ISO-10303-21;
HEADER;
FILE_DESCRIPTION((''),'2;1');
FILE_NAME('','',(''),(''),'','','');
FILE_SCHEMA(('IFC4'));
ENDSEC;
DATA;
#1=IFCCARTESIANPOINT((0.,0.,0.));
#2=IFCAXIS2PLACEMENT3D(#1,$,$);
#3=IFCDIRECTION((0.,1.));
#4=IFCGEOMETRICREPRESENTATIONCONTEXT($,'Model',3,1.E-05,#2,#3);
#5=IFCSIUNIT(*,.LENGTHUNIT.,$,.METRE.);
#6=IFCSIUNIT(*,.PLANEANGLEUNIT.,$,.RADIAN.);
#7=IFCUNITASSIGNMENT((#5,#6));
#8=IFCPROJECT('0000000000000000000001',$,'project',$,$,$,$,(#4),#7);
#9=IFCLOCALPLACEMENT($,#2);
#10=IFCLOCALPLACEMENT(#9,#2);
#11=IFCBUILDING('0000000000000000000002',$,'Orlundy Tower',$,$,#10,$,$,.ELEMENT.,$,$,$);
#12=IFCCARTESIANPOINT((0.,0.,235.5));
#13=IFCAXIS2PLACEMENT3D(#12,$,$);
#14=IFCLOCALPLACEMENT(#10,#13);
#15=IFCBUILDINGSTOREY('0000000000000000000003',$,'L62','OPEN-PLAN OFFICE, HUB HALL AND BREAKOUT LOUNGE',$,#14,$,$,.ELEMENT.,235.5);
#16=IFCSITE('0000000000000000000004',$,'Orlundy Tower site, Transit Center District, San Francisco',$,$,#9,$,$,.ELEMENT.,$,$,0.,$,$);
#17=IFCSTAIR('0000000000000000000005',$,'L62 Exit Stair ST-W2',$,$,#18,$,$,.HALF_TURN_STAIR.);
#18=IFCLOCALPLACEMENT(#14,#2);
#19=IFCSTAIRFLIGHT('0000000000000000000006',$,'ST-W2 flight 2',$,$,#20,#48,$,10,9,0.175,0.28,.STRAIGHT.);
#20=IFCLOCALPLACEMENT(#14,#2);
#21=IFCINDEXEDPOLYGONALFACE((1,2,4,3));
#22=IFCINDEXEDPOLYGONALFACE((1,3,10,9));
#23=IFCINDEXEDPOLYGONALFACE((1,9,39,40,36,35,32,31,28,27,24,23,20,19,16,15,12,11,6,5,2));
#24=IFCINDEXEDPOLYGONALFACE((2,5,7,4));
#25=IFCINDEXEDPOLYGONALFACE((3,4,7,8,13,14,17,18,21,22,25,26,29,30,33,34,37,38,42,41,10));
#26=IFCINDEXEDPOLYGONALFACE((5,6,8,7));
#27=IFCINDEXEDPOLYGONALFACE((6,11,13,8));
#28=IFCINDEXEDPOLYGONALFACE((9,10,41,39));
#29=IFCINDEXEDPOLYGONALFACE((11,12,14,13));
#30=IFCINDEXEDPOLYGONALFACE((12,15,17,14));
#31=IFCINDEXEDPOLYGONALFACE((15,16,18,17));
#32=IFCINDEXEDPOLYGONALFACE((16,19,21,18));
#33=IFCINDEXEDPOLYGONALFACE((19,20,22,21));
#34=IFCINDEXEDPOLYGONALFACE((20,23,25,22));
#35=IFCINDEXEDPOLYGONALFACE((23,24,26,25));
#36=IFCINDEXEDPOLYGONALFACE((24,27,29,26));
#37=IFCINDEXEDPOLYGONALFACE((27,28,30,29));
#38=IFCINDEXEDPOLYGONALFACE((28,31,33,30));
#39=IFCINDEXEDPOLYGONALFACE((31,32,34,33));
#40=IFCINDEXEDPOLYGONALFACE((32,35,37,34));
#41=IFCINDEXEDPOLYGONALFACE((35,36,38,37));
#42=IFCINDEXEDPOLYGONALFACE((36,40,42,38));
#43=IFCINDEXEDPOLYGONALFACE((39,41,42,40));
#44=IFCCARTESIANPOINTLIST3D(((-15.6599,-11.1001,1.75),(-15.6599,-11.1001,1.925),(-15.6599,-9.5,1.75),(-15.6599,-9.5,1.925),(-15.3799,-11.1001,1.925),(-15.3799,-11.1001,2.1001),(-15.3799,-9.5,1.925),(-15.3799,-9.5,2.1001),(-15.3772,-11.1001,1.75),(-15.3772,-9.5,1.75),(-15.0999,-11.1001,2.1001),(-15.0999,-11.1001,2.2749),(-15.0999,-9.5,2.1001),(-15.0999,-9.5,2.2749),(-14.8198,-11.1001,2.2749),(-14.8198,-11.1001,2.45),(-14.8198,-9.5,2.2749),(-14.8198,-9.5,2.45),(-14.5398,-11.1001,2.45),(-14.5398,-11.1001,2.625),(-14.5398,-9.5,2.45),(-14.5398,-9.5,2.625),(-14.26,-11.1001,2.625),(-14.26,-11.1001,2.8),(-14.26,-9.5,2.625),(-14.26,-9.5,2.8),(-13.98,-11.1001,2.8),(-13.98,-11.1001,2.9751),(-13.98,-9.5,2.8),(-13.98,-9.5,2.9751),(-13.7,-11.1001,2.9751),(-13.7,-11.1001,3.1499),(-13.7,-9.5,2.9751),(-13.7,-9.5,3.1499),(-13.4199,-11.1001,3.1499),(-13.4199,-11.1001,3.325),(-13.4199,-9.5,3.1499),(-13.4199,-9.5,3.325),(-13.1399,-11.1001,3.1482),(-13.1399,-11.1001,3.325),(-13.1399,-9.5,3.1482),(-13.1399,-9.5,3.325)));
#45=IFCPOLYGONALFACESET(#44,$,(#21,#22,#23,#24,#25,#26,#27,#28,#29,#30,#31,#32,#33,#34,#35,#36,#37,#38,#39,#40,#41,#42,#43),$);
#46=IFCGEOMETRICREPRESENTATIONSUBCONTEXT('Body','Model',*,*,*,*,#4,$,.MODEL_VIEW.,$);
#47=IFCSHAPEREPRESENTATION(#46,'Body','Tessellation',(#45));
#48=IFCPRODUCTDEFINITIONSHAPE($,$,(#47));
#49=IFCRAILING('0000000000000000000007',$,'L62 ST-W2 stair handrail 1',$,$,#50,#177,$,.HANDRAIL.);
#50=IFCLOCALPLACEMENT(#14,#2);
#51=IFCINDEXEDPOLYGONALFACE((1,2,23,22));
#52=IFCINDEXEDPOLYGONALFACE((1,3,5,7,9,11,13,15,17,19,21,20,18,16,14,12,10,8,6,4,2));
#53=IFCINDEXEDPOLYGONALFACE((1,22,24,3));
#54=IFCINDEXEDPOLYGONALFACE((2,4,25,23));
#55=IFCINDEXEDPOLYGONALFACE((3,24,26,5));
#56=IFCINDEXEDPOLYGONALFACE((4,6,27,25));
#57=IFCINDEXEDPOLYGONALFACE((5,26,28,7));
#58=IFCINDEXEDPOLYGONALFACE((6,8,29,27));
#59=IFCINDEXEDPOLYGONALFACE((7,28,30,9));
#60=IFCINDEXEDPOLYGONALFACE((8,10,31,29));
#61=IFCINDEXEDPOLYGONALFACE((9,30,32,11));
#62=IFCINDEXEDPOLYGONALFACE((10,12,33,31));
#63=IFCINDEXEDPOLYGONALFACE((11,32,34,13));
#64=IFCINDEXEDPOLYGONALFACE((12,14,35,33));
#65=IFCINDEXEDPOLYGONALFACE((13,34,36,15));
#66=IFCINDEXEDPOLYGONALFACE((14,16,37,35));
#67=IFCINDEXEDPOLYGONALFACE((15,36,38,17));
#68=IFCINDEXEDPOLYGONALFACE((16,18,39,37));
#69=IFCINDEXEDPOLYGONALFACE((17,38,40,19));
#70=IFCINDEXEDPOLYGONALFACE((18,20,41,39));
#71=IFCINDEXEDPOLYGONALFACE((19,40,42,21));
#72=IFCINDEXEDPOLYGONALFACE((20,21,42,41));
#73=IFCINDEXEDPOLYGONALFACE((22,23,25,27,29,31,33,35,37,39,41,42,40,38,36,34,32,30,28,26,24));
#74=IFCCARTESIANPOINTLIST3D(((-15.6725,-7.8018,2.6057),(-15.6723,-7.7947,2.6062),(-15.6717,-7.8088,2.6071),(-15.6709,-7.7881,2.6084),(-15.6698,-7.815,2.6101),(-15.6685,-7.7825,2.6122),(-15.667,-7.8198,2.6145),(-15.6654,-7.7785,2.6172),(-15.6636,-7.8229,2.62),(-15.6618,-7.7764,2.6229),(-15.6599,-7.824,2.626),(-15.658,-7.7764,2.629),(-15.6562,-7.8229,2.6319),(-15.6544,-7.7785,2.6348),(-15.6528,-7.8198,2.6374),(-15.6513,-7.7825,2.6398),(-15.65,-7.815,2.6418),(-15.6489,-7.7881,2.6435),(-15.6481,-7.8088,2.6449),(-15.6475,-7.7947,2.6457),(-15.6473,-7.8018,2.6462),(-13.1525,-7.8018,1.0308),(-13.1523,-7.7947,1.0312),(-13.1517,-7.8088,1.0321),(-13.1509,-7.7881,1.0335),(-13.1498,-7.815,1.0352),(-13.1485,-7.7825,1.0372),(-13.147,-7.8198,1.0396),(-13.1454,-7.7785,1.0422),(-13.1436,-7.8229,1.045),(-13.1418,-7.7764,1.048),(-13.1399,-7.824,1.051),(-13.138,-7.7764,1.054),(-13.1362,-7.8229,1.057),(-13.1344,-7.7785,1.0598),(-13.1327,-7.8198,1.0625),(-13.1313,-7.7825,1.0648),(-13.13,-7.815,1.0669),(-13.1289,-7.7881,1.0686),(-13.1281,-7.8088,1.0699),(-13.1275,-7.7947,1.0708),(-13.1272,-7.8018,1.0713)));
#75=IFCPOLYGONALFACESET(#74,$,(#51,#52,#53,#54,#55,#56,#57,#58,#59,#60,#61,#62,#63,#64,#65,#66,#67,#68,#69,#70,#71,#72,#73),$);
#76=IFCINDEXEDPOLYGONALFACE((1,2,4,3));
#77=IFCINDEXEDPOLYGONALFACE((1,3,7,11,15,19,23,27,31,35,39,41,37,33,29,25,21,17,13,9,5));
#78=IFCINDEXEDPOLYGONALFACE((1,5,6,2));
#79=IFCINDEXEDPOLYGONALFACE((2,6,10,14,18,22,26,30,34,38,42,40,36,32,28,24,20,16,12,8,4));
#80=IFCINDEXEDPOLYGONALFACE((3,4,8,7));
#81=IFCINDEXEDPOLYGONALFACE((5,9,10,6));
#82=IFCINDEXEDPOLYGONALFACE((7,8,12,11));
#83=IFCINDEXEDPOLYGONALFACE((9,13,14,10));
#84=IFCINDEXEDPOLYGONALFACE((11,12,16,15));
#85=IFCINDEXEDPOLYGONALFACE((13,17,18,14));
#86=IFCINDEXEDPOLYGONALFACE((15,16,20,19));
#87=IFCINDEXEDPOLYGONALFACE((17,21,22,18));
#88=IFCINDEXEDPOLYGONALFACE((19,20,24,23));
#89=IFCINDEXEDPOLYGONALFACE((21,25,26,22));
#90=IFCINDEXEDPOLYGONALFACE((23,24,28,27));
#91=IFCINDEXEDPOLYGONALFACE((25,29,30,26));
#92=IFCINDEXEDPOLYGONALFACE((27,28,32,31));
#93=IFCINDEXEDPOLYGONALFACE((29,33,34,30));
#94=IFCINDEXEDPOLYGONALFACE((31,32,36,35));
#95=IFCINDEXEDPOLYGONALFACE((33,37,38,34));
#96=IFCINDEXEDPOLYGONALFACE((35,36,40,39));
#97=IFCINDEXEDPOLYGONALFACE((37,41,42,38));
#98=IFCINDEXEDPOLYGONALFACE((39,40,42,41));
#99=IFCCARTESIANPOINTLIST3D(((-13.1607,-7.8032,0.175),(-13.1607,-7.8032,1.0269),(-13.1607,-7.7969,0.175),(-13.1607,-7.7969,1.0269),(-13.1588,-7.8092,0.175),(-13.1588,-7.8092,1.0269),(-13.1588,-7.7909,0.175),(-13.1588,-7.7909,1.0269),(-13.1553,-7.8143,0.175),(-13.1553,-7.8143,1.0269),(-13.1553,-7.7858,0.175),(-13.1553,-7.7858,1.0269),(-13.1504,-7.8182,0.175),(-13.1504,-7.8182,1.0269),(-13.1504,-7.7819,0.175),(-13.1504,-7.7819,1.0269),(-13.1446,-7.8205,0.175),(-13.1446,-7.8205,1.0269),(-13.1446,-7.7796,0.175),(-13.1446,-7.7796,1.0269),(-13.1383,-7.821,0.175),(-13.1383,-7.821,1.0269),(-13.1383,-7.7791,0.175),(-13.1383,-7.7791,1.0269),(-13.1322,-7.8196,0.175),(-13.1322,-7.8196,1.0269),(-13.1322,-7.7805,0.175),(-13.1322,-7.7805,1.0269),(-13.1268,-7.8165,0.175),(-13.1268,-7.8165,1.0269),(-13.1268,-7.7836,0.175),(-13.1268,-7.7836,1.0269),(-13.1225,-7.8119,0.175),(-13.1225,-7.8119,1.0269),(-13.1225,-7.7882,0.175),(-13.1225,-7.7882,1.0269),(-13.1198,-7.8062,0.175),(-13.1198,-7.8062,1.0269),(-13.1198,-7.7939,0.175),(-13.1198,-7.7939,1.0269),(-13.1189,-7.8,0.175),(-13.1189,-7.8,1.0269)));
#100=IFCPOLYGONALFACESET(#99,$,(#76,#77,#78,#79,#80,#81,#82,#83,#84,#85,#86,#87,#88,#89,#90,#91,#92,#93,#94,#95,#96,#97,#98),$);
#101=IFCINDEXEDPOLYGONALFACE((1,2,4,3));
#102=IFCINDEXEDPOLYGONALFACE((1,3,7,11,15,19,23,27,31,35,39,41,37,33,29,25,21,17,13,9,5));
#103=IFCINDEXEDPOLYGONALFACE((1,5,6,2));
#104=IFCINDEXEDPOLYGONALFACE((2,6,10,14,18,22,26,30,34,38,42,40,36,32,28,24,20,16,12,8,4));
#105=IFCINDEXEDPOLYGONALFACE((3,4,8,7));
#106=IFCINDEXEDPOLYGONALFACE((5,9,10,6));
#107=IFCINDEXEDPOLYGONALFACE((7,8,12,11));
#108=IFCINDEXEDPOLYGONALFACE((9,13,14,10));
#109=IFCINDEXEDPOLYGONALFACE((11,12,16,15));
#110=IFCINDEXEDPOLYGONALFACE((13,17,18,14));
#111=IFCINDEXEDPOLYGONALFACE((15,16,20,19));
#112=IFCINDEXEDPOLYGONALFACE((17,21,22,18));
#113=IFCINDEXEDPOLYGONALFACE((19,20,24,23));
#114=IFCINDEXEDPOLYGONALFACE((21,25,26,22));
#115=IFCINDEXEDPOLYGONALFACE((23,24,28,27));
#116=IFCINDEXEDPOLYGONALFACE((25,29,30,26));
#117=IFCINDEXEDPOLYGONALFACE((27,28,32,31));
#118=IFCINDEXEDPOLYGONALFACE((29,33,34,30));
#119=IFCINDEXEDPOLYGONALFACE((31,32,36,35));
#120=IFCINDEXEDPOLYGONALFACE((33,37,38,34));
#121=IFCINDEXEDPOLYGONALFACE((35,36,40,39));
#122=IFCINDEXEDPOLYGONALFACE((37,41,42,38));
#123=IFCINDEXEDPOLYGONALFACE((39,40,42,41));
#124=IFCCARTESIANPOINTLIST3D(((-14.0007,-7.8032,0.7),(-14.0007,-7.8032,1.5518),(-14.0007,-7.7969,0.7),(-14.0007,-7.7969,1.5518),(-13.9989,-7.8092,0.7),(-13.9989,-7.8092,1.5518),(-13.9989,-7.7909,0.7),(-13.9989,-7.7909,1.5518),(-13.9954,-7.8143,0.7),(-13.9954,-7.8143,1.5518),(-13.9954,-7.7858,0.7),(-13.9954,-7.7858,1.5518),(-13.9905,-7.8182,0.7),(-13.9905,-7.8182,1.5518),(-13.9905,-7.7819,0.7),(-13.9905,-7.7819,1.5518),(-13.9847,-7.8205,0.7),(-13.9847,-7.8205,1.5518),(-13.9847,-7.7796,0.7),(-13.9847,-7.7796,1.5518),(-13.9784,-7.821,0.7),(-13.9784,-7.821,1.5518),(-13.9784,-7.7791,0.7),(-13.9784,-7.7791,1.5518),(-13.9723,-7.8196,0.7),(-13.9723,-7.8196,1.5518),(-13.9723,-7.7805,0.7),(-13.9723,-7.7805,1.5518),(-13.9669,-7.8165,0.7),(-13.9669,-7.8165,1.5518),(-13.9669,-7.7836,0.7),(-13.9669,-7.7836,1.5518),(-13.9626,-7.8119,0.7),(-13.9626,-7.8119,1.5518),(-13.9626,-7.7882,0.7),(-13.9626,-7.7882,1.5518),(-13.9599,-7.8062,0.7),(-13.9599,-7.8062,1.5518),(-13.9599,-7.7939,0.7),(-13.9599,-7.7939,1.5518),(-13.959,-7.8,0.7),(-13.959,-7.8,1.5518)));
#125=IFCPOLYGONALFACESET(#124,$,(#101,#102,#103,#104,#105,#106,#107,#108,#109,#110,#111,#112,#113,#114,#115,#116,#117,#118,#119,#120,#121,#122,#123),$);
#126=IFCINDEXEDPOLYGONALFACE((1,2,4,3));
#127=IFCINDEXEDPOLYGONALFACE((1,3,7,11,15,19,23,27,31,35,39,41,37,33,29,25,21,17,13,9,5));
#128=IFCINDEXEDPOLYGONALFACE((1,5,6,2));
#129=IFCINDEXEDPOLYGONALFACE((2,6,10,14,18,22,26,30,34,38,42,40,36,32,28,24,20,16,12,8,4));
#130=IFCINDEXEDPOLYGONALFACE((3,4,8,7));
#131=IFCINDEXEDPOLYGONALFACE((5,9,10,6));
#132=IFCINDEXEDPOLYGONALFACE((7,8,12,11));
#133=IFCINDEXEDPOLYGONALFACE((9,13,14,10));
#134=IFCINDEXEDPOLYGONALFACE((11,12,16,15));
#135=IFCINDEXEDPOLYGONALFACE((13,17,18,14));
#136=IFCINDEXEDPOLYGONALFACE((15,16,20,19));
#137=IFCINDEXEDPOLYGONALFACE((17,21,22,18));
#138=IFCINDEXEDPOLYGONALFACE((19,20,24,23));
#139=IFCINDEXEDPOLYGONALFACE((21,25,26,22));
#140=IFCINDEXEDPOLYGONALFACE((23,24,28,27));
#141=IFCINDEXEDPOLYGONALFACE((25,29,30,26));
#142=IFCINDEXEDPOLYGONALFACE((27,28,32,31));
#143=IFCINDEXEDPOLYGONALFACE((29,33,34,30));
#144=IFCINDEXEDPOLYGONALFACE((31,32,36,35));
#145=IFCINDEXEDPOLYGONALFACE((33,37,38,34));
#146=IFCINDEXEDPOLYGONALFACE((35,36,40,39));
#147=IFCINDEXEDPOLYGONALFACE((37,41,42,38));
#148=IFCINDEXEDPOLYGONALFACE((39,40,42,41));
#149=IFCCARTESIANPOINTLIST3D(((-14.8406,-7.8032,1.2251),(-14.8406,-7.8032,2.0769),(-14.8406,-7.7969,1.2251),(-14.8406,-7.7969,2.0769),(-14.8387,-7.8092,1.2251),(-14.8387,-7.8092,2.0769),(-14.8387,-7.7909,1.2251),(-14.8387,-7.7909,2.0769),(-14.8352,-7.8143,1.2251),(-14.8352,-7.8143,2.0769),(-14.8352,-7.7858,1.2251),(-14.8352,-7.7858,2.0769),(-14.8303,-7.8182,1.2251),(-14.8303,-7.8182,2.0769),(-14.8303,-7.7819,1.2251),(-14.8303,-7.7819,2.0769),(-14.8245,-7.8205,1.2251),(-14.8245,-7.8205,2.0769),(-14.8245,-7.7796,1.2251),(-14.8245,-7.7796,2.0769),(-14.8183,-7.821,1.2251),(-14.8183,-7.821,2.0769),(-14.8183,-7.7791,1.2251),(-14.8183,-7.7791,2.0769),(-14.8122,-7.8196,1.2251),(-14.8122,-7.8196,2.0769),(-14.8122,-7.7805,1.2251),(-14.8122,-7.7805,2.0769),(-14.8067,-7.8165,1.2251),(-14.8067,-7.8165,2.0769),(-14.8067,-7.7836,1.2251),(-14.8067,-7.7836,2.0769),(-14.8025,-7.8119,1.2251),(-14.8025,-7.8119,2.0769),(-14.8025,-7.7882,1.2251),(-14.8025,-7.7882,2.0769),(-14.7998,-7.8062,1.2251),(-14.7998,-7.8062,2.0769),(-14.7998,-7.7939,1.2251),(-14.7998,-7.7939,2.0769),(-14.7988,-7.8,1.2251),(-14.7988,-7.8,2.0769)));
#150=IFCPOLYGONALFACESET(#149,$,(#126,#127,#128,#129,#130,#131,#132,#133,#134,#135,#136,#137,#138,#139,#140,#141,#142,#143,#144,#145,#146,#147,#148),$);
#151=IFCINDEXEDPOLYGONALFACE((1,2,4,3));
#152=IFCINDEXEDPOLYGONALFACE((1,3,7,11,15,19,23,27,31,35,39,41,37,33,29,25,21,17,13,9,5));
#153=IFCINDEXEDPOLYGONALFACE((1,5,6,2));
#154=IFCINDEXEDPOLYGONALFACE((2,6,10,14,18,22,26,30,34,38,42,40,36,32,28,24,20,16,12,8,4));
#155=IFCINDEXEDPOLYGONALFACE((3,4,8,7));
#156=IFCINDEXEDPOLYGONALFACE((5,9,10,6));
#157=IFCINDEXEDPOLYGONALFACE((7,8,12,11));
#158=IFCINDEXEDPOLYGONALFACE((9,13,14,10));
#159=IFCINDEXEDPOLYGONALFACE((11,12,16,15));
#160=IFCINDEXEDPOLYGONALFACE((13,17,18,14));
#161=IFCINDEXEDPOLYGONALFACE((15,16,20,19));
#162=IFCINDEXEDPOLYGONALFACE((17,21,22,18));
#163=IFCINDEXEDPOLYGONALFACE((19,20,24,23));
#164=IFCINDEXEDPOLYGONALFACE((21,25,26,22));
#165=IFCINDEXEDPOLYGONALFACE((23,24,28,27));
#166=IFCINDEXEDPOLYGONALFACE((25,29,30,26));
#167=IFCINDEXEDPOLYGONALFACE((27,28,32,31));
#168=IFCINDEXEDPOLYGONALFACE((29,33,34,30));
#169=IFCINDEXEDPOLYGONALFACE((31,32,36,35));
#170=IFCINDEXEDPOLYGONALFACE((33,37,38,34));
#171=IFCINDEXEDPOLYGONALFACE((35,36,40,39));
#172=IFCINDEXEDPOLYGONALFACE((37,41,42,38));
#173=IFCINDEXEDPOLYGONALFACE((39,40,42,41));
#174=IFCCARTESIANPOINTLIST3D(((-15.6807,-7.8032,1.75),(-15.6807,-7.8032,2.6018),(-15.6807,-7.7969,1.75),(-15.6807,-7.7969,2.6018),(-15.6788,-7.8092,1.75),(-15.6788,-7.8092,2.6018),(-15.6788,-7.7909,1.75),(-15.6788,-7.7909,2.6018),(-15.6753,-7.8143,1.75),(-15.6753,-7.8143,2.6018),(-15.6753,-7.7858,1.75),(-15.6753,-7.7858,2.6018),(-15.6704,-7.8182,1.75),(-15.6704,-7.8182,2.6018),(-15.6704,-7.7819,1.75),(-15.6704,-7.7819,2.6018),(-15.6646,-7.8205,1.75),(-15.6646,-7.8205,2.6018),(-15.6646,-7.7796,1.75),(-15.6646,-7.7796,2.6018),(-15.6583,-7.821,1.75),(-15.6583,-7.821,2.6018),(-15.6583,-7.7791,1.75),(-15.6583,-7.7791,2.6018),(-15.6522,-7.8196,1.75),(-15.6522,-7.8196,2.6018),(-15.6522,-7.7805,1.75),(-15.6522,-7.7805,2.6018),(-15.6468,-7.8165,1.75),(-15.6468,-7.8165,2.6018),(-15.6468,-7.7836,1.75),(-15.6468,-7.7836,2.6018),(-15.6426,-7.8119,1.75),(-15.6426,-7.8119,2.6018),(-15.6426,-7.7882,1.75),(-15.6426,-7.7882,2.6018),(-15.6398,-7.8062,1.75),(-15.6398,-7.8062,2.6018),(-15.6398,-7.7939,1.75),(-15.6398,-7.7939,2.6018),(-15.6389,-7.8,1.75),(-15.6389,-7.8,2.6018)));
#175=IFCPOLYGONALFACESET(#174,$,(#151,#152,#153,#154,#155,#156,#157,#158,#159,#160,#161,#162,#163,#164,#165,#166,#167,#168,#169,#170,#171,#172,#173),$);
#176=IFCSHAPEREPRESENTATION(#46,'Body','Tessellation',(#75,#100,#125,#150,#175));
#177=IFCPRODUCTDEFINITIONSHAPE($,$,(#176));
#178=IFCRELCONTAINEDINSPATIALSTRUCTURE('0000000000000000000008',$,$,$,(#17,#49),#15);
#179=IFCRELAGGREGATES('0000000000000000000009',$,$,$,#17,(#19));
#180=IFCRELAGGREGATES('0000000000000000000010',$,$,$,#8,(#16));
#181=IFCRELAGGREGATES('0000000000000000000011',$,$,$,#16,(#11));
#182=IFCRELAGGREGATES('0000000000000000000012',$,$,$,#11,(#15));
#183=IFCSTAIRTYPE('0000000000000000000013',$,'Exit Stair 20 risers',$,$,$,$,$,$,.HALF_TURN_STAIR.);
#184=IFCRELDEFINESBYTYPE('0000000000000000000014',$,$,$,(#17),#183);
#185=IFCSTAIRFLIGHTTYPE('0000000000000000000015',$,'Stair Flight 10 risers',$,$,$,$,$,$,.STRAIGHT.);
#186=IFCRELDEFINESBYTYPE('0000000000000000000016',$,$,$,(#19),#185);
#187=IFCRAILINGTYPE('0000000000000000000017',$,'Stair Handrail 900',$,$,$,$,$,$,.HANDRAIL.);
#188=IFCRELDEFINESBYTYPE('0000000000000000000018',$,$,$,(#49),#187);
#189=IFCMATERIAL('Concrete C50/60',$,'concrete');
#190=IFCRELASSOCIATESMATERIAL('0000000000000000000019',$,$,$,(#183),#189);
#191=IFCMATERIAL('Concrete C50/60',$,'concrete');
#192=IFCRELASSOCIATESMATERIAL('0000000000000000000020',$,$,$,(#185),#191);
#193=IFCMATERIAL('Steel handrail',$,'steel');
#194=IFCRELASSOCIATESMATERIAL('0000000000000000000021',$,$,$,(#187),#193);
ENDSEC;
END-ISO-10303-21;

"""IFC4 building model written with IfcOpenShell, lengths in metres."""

from ifc_helpers import new_model, si_unit, direction, frame, origin, origin_2d, place, context, subcontext, project, spatial, polyline, circle, outline, extrude, material, type_object, element, aggregate, save


model = new_model("IFC4")

# Units and contexts
model_context = context("Model", 3, precision=1e-05, world=origin(), true_north=direction((0.0, 1.0)))
body_context = subcontext(model_context, "Body", "Model", "MODEL_VIEW")
ifc_project = project(units=[si_unit("LENGTHUNIT", "METRE"), si_unit("PLANEANGLEUNIT", "RADIAN")], contexts=[model_context])

# Site, building, storey
site_placement = place(None, origin())
site = spatial("IfcSite", under=ifc_project, at=site_placement, Name="Orlundy Tower site, Transit Center District, San Francisco", CompositionType="ELEMENT", RefElevation=0.0)
building_placement = place(site_placement, origin())
building = spatial("IfcBuilding", under=site, at=building_placement, Name="Orlundy Tower", CompositionType="ELEMENT")
storey_placement = place(building_placement, frame((0.0, 0.0, 235.5)))
storey = spatial("IfcBuildingStorey", under=building, at=storey_placement, Name="L62", Description="OPEN-PLAN OFFICE, HUB HALL AND BREAKOUT LOUNGE", CompositionType="ELEMENT", Elevation=235.5)

# Stair, stair flight
ifc_material_1 = material(Name="Concrete C50/60", Category="concrete")
stair_type = type_object("IfcStairType", Name="Exit Stair 20 risers", PredefinedType="HALF_TURN_STAIR", material=ifc_material_1)
stair_placement = place(storey_placement, origin())
stair = element("IfcStair", 1, at=stair_placement, inside=storey, type_object=stair_type, Name="L62 Exit Stair ST-W2", PredefinedType="HALF_TURN_STAIR")
ifc_material_2 = material(Name="Concrete C50/60", Category="concrete")
stair_flight_type = type_object("IfcStairFlightType", Name="Stair Flight 10 risers", PredefinedType="STRAIGHT", material=ifc_material_2)
stair_flight_1_placement = place(storey_placement, frame((-15.6599, -10.3, 1.75), z_axis=(0.0, 0.0, 1.0), x_axis=(1.0, 0.0, 0.0)))
stair_flight_1 = element("IfcStairFlight", 2, at=stair_flight_1_placement, type_object=stair_flight_type, Name="ST-W2 flight 2", NumberOfRisers=10, NumberOfTreads=9, PredefinedType="STRAIGHT", RiserHeight=0.175, TreadLength=0.28, context=body_context, shape_type="SweptSolid", body=[
    extrude(outline(polyline([(0.0, 0.0), (0.0, 0.175), (0.28, 0.175), (0.28, 0.3501), (0.5601, 0.3501), (0.5601, 0.5249), (0.8401, 0.5249), (0.8401, 0.7), (1.1201, 0.7), (1.1201, 0.875), (1.3999, 0.875), (1.3999, 1.05), (1.6799, 1.05), (1.6799, 1.2251), (1.96, 1.2251), (1.96, 1.3999), (2.24, 1.3999), (2.24, 1.575), (2.52, 1.575), (2.52, 1.75), (2.52, 1.3982), (0.2827, 0.0), (0.0, 0.0)])), frame((0.0, 0.8, 0.0), z_axis=(0.0, -1.0, 0.0), x_axis=(1.0, 0.0, 0.0)), (0.0, 0.0, 1.0), 1.6001),
])
aggregate(stair, [stair_flight_1])

# Railing
ifc_material_3 = material(Name="Steel handrail", Category="steel")
railing_type_1 = type_object("IfcRailingType", Name="Stair Handrail 900", PredefinedType="HANDRAIL", material=ifc_material_3)
railing_1_placement = place(storey_placement, frame((-13.1399, -7.8, 0.175)))
element("IfcRailing", 3, at=railing_1_placement, inside=storey, type_object=railing_type_1, Name="L62 ST-W2 stair handrail 1", PredefinedType="HANDRAIL", context=body_context, shape_type="SweptSolid", body=[
    extrude(circle(Radius=0.0239, at=origin_2d()), frame((0.0, 0.0, 0.876), z_axis=(-0.848008, 0.0, 0.529984), x_axis=(0.0, -1.0, 0.0)), (0.0, 0.0, 1.0), 2.9717),
    extrude(circle(Radius=0.021, at=origin_2d()), origin(), (0.0, 0.0, 1.0), 0.8518),
    extrude(circle(Radius=0.021, at=origin_2d()), frame((-0.8401, 0.0, 0.5249)), (0.0, 0.0, 1.0), 0.8518),
    extrude(circle(Radius=0.021, at=origin_2d()), frame((-1.6799, 0.0, 1.05)), (0.0, 0.0, 1.0), 0.8518),
    extrude(circle(Radius=0.021, at=origin_2d()), frame((-2.52, 0.0, 1.575)), (0.0, 0.0, 1.0), 0.8518),
])

save(model, "model.ifc")
